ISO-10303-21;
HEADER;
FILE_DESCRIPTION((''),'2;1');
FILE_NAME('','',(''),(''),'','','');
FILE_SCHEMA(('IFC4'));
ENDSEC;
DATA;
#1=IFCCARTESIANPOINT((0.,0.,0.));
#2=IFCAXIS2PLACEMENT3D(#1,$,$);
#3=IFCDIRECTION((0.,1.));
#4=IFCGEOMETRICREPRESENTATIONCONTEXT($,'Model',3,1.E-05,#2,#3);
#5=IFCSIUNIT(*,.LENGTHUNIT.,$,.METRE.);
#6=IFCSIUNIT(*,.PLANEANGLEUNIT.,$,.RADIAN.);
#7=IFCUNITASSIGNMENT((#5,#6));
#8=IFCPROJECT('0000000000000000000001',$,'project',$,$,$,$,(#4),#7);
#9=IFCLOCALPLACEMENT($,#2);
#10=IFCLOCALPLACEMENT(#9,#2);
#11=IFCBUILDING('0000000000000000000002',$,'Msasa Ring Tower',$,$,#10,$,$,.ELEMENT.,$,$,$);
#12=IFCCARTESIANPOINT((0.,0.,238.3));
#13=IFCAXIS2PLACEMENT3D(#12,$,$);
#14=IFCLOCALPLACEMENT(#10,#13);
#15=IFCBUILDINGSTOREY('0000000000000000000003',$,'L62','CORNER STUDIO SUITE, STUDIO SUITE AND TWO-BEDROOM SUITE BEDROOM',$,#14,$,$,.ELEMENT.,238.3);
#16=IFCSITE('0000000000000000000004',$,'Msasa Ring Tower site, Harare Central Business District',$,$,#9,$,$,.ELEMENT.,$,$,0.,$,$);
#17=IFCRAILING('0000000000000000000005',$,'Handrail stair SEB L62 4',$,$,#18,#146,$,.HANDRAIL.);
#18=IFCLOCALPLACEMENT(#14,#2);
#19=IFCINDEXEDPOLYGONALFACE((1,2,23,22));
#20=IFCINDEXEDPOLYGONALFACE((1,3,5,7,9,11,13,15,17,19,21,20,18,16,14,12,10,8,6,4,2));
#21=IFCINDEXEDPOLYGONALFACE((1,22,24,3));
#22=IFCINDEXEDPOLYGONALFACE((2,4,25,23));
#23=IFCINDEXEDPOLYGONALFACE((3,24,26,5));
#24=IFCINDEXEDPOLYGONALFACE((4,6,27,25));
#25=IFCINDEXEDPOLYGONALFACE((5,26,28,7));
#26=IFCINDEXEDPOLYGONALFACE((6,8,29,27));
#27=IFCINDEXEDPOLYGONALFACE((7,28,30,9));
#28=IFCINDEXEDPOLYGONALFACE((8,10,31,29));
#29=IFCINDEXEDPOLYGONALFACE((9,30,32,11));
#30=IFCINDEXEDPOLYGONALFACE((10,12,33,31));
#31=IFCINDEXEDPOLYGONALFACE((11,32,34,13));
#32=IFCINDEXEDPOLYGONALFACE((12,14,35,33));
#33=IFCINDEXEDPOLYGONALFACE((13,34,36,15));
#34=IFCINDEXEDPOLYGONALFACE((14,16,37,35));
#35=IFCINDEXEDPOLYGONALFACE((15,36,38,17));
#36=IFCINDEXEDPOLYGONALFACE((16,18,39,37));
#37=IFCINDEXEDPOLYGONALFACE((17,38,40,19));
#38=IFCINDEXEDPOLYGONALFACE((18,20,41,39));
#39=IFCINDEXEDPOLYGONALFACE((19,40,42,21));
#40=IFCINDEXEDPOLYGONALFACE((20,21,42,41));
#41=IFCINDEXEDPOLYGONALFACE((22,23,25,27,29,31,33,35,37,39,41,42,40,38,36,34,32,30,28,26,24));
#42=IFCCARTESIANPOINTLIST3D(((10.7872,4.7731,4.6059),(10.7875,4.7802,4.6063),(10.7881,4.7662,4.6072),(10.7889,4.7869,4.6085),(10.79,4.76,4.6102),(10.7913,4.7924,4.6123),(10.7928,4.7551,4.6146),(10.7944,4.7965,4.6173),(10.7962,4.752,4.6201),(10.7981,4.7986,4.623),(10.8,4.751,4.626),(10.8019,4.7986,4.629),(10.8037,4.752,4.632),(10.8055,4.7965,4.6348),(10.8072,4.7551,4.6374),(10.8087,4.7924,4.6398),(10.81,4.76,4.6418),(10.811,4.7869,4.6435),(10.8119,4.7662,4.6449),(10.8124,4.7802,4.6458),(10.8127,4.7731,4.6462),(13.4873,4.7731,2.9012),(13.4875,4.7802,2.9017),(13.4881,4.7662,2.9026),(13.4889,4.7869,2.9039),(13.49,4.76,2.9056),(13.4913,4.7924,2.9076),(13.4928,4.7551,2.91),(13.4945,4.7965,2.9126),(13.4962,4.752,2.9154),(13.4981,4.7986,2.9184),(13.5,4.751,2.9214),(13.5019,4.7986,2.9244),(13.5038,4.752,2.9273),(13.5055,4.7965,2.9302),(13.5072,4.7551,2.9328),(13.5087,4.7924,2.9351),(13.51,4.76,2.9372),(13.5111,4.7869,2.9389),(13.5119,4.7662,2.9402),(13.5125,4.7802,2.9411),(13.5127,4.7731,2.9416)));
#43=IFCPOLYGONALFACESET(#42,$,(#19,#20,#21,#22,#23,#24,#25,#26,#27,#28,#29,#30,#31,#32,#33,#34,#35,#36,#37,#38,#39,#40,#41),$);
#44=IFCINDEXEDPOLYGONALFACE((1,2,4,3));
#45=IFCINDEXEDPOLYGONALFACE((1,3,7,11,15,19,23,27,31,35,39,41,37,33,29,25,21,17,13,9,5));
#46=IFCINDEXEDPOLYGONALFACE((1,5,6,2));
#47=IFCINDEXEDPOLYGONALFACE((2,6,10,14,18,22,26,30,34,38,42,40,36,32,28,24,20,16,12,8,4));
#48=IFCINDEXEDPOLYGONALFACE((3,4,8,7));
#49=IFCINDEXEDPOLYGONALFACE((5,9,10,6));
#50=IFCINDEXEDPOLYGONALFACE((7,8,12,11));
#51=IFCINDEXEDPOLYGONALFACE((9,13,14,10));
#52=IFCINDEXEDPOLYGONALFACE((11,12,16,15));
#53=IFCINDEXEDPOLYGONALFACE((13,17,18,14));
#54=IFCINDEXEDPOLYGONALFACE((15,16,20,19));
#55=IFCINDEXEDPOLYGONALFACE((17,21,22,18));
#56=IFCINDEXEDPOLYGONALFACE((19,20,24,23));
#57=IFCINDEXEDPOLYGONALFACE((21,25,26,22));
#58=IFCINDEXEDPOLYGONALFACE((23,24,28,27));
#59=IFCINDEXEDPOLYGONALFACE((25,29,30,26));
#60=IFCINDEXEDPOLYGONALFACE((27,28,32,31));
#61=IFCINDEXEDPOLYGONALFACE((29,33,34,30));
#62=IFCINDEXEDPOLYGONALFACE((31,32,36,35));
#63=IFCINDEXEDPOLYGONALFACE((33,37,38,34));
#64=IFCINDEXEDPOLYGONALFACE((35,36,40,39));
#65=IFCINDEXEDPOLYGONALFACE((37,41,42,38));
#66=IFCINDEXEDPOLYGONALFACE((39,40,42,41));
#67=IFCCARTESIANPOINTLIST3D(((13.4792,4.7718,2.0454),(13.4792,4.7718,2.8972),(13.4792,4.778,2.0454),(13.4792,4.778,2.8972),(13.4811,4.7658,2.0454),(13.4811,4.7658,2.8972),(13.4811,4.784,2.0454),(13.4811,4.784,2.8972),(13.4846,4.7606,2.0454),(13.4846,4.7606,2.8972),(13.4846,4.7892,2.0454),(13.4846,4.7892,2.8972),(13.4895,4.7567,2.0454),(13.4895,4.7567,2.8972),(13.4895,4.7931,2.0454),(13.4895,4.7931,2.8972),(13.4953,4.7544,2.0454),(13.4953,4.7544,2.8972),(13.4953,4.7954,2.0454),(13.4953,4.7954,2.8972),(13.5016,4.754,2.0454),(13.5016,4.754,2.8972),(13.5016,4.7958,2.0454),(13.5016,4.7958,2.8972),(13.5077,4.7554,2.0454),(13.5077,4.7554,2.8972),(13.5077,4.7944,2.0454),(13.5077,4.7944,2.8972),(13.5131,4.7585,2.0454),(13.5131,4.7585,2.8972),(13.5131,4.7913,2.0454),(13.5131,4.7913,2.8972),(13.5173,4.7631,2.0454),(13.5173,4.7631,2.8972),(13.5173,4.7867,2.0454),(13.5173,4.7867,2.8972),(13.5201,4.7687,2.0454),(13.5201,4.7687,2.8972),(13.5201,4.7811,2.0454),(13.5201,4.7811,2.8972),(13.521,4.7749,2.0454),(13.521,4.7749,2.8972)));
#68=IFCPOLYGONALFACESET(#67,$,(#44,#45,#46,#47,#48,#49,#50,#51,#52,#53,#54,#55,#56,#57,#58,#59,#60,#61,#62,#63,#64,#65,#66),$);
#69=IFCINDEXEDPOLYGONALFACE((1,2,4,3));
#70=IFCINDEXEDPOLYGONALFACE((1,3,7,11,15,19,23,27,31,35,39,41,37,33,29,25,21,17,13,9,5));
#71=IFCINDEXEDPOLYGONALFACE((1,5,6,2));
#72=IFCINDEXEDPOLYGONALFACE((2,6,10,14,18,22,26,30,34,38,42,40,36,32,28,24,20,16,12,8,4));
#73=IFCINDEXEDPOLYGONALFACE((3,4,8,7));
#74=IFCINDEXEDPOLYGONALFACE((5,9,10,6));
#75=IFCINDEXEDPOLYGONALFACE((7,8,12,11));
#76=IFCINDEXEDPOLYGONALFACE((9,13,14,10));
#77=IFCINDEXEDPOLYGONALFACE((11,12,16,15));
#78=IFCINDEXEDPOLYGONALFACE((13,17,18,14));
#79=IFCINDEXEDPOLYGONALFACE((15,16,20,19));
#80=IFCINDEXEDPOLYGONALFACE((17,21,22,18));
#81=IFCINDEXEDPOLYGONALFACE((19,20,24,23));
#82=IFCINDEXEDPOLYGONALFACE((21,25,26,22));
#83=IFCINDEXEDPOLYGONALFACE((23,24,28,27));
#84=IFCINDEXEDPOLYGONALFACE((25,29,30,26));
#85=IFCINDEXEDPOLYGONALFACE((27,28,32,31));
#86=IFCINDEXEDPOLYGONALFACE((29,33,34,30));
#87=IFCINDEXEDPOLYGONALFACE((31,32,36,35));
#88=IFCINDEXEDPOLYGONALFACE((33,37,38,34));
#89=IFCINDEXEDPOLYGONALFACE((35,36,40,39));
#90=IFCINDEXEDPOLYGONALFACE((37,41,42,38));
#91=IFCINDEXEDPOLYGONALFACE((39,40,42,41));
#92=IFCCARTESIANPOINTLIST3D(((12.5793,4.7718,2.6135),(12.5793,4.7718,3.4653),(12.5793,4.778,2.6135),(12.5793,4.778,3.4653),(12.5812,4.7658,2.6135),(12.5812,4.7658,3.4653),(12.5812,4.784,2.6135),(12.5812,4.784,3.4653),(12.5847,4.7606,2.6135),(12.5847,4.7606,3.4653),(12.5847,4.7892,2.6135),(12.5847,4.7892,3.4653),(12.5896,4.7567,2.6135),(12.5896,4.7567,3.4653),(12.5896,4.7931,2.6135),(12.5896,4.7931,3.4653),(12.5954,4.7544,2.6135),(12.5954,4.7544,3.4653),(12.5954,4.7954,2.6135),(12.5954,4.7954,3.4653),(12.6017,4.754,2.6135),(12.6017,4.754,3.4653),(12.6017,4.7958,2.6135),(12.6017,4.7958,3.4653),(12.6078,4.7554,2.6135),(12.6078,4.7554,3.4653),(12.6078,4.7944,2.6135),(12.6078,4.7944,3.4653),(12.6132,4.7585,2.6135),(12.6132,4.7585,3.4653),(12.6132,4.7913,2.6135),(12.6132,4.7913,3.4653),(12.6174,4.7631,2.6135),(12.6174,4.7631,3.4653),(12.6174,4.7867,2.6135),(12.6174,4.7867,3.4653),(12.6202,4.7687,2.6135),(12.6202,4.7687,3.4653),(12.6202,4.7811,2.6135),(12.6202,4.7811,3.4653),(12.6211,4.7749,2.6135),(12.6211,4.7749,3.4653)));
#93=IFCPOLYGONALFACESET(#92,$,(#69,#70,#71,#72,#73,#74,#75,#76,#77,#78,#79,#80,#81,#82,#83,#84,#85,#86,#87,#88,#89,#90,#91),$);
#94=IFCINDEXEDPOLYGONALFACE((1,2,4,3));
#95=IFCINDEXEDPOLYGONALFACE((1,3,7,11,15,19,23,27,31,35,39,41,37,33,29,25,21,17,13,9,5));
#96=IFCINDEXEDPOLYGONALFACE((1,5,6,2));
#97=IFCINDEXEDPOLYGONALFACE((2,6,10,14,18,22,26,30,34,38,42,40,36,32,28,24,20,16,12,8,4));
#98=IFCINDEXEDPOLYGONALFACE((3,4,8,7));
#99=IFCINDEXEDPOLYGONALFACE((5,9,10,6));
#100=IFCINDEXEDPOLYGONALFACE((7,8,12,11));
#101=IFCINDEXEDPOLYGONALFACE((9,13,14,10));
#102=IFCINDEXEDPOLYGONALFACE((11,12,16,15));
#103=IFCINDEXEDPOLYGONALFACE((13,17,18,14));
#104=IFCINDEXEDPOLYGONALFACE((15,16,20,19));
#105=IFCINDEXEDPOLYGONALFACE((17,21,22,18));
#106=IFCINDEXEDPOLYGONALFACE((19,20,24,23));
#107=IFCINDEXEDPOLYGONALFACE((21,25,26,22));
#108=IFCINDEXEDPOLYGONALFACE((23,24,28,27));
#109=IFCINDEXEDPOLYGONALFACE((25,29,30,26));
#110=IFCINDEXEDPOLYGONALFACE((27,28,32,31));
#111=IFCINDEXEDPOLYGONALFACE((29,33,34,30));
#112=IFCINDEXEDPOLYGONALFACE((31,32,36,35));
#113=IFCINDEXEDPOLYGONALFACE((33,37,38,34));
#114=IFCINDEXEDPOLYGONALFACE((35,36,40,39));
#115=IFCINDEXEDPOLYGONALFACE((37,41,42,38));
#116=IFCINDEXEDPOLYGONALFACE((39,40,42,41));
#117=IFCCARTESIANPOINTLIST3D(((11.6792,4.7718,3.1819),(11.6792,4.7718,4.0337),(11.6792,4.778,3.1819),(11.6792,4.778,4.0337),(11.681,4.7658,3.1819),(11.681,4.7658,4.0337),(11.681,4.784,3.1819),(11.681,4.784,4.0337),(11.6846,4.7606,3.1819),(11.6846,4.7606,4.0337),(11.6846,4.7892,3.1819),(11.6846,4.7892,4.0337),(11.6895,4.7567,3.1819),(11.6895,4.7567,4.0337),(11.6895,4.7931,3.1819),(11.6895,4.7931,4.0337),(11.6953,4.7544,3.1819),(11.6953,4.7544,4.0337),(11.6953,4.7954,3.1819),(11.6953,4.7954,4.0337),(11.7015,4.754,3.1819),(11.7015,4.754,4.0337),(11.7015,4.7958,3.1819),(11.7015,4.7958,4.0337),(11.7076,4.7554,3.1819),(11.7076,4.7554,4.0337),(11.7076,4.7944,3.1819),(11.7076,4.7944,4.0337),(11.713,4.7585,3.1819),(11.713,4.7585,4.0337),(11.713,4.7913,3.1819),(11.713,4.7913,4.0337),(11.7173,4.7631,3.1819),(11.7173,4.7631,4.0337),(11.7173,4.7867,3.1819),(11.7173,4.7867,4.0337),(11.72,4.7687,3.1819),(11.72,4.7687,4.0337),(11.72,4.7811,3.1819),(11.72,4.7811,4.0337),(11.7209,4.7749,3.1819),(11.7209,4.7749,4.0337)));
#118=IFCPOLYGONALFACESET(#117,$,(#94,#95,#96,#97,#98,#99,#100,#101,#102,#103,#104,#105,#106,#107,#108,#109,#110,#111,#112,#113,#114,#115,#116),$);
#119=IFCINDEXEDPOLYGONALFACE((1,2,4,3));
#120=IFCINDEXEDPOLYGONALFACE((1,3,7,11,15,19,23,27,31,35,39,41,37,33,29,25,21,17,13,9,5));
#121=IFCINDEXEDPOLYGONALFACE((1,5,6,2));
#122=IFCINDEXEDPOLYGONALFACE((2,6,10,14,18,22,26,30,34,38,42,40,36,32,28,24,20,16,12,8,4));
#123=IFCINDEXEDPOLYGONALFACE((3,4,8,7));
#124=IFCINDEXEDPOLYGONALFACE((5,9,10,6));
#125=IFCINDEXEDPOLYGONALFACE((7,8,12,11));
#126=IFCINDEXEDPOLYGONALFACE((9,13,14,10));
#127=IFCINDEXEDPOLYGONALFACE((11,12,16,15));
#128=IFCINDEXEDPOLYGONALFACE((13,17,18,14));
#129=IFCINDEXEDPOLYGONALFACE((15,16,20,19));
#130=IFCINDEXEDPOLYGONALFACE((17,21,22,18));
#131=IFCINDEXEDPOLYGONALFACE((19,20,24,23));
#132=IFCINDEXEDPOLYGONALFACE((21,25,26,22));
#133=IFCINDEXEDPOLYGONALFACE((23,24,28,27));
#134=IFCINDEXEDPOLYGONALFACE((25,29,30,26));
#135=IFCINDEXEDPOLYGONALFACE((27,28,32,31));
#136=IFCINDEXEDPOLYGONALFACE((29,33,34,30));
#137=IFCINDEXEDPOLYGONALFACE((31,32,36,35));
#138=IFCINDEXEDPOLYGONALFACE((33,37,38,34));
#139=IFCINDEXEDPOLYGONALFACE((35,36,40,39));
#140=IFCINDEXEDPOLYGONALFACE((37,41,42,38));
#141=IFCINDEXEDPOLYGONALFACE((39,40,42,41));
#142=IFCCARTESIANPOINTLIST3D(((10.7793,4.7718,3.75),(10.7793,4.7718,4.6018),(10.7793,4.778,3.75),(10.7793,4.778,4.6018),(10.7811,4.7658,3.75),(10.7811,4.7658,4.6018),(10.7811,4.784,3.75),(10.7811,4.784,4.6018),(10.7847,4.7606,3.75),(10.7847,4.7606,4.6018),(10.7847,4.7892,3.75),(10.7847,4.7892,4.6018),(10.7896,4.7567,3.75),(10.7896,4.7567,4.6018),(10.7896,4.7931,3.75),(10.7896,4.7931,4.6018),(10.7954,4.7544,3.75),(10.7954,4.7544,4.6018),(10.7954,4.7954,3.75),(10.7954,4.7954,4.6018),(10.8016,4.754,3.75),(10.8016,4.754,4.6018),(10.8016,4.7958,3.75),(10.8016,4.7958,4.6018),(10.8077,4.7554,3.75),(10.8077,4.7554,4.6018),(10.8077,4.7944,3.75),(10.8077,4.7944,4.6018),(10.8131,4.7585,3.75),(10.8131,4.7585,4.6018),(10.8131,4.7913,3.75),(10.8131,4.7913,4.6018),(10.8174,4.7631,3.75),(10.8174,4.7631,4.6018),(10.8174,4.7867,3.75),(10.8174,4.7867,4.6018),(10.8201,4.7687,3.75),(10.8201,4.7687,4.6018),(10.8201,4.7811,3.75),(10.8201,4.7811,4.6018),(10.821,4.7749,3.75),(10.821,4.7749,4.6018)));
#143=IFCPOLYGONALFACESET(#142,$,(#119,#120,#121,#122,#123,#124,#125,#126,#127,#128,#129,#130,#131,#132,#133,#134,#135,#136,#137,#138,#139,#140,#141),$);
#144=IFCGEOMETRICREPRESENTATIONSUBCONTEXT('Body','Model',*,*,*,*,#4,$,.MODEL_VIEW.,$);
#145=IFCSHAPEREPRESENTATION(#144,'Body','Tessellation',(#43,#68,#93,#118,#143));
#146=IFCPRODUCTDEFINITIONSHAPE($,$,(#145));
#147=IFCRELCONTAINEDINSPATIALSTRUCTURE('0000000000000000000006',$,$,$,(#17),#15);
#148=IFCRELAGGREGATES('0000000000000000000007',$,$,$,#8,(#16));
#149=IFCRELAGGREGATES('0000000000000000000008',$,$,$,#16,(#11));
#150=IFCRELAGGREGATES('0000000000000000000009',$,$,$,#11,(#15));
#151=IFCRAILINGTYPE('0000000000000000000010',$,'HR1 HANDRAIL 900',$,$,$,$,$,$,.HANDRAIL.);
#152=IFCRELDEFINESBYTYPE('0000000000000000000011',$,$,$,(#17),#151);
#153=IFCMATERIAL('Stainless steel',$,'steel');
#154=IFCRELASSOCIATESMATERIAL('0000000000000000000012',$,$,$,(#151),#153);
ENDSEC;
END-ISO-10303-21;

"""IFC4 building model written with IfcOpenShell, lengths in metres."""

from ifc_helpers import new_model, si_unit, direction, frame, origin, origin_2d, place, context, subcontext, project, spatial, circle, extrude, material, type_object, element, save


model = new_model("IFC4")

# Units and contexts
model_context = context("Model", 3, precision=1e-05, world=origin(), true_north=direction((0.0, 1.0)))
body_context = subcontext(model_context, "Body", "Model", "MODEL_VIEW")
ifc_project = project(units=[si_unit("LENGTHUNIT", "METRE"), si_unit("PLANEANGLEUNIT", "RADIAN")], contexts=[model_context])

# Site, building, storey
site_placement = place(None, origin())
site = spatial("IfcSite", under=ifc_project, at=site_placement, Name="Msasa Ring Tower site, Harare Central Business District", CompositionType="ELEMENT", RefElevation=0.0)
building_placement = place(site_placement, origin())
building = spatial("IfcBuilding", under=site, at=building_placement, Name="Msasa Ring Tower", CompositionType="ELEMENT")
storey_placement = place(building_placement, frame((0.0, 0.0, 238.3)))
storey = spatial("IfcBuildingStorey", under=building, at=storey_placement, Name="L62", Description="CORNER STUDIO SUITE, STUDIO SUITE AND TWO-BEDROOM SUITE BEDROOM", CompositionType="ELEMENT", Elevation=238.3)

# Railing
ifc_material_1 = material(Name="Stainless steel", Category="steel")
railing_type = type_object("IfcRailingType", Name="HR1 HANDRAIL 900", PredefinedType="HANDRAIL", material=ifc_material_1)
for number, where, name in (
    (1, (13.5, 4.7749, 2.0454), "Handrail stair SEB L62 4"),
):
    element("IfcRailing", number, at=place(storey_placement, frame(where)), inside=storey, type_object=railing_type, Name=name, PredefinedType="HANDRAIL", context=body_context, shape_type="SweptSolid", body=[
        extrude(circle(Radius=0.0239, at=origin_2d()), frame((0.0, 0.0, 0.876), z_axis=(-0.84558, 0.0, 0.533849), x_axis=(0.0, -1.0, 0.0)), (0.0, 0.0, 1.0), 3.1931),
        extrude(circle(Radius=0.021, at=origin_2d()), origin(), (0.0, 0.0, 1.0), 0.8518),
        extrude(circle(Radius=0.021, at=origin_2d()), frame((-0.8999, 0.0, 0.5681)), (0.0, 0.0, 1.0), 0.8518),
        extrude(circle(Radius=0.021, at=origin_2d()), frame((-1.8, 0.0, 1.1365)), (0.0, 0.0, 1.0), 0.8518),
        extrude(circle(Radius=0.021, at=origin_2d()), frame((-2.7, 0.0, 1.7046)), (0.0, 0.0, 1.0), 0.8518),
    ])

save(model, "model.ifc")
